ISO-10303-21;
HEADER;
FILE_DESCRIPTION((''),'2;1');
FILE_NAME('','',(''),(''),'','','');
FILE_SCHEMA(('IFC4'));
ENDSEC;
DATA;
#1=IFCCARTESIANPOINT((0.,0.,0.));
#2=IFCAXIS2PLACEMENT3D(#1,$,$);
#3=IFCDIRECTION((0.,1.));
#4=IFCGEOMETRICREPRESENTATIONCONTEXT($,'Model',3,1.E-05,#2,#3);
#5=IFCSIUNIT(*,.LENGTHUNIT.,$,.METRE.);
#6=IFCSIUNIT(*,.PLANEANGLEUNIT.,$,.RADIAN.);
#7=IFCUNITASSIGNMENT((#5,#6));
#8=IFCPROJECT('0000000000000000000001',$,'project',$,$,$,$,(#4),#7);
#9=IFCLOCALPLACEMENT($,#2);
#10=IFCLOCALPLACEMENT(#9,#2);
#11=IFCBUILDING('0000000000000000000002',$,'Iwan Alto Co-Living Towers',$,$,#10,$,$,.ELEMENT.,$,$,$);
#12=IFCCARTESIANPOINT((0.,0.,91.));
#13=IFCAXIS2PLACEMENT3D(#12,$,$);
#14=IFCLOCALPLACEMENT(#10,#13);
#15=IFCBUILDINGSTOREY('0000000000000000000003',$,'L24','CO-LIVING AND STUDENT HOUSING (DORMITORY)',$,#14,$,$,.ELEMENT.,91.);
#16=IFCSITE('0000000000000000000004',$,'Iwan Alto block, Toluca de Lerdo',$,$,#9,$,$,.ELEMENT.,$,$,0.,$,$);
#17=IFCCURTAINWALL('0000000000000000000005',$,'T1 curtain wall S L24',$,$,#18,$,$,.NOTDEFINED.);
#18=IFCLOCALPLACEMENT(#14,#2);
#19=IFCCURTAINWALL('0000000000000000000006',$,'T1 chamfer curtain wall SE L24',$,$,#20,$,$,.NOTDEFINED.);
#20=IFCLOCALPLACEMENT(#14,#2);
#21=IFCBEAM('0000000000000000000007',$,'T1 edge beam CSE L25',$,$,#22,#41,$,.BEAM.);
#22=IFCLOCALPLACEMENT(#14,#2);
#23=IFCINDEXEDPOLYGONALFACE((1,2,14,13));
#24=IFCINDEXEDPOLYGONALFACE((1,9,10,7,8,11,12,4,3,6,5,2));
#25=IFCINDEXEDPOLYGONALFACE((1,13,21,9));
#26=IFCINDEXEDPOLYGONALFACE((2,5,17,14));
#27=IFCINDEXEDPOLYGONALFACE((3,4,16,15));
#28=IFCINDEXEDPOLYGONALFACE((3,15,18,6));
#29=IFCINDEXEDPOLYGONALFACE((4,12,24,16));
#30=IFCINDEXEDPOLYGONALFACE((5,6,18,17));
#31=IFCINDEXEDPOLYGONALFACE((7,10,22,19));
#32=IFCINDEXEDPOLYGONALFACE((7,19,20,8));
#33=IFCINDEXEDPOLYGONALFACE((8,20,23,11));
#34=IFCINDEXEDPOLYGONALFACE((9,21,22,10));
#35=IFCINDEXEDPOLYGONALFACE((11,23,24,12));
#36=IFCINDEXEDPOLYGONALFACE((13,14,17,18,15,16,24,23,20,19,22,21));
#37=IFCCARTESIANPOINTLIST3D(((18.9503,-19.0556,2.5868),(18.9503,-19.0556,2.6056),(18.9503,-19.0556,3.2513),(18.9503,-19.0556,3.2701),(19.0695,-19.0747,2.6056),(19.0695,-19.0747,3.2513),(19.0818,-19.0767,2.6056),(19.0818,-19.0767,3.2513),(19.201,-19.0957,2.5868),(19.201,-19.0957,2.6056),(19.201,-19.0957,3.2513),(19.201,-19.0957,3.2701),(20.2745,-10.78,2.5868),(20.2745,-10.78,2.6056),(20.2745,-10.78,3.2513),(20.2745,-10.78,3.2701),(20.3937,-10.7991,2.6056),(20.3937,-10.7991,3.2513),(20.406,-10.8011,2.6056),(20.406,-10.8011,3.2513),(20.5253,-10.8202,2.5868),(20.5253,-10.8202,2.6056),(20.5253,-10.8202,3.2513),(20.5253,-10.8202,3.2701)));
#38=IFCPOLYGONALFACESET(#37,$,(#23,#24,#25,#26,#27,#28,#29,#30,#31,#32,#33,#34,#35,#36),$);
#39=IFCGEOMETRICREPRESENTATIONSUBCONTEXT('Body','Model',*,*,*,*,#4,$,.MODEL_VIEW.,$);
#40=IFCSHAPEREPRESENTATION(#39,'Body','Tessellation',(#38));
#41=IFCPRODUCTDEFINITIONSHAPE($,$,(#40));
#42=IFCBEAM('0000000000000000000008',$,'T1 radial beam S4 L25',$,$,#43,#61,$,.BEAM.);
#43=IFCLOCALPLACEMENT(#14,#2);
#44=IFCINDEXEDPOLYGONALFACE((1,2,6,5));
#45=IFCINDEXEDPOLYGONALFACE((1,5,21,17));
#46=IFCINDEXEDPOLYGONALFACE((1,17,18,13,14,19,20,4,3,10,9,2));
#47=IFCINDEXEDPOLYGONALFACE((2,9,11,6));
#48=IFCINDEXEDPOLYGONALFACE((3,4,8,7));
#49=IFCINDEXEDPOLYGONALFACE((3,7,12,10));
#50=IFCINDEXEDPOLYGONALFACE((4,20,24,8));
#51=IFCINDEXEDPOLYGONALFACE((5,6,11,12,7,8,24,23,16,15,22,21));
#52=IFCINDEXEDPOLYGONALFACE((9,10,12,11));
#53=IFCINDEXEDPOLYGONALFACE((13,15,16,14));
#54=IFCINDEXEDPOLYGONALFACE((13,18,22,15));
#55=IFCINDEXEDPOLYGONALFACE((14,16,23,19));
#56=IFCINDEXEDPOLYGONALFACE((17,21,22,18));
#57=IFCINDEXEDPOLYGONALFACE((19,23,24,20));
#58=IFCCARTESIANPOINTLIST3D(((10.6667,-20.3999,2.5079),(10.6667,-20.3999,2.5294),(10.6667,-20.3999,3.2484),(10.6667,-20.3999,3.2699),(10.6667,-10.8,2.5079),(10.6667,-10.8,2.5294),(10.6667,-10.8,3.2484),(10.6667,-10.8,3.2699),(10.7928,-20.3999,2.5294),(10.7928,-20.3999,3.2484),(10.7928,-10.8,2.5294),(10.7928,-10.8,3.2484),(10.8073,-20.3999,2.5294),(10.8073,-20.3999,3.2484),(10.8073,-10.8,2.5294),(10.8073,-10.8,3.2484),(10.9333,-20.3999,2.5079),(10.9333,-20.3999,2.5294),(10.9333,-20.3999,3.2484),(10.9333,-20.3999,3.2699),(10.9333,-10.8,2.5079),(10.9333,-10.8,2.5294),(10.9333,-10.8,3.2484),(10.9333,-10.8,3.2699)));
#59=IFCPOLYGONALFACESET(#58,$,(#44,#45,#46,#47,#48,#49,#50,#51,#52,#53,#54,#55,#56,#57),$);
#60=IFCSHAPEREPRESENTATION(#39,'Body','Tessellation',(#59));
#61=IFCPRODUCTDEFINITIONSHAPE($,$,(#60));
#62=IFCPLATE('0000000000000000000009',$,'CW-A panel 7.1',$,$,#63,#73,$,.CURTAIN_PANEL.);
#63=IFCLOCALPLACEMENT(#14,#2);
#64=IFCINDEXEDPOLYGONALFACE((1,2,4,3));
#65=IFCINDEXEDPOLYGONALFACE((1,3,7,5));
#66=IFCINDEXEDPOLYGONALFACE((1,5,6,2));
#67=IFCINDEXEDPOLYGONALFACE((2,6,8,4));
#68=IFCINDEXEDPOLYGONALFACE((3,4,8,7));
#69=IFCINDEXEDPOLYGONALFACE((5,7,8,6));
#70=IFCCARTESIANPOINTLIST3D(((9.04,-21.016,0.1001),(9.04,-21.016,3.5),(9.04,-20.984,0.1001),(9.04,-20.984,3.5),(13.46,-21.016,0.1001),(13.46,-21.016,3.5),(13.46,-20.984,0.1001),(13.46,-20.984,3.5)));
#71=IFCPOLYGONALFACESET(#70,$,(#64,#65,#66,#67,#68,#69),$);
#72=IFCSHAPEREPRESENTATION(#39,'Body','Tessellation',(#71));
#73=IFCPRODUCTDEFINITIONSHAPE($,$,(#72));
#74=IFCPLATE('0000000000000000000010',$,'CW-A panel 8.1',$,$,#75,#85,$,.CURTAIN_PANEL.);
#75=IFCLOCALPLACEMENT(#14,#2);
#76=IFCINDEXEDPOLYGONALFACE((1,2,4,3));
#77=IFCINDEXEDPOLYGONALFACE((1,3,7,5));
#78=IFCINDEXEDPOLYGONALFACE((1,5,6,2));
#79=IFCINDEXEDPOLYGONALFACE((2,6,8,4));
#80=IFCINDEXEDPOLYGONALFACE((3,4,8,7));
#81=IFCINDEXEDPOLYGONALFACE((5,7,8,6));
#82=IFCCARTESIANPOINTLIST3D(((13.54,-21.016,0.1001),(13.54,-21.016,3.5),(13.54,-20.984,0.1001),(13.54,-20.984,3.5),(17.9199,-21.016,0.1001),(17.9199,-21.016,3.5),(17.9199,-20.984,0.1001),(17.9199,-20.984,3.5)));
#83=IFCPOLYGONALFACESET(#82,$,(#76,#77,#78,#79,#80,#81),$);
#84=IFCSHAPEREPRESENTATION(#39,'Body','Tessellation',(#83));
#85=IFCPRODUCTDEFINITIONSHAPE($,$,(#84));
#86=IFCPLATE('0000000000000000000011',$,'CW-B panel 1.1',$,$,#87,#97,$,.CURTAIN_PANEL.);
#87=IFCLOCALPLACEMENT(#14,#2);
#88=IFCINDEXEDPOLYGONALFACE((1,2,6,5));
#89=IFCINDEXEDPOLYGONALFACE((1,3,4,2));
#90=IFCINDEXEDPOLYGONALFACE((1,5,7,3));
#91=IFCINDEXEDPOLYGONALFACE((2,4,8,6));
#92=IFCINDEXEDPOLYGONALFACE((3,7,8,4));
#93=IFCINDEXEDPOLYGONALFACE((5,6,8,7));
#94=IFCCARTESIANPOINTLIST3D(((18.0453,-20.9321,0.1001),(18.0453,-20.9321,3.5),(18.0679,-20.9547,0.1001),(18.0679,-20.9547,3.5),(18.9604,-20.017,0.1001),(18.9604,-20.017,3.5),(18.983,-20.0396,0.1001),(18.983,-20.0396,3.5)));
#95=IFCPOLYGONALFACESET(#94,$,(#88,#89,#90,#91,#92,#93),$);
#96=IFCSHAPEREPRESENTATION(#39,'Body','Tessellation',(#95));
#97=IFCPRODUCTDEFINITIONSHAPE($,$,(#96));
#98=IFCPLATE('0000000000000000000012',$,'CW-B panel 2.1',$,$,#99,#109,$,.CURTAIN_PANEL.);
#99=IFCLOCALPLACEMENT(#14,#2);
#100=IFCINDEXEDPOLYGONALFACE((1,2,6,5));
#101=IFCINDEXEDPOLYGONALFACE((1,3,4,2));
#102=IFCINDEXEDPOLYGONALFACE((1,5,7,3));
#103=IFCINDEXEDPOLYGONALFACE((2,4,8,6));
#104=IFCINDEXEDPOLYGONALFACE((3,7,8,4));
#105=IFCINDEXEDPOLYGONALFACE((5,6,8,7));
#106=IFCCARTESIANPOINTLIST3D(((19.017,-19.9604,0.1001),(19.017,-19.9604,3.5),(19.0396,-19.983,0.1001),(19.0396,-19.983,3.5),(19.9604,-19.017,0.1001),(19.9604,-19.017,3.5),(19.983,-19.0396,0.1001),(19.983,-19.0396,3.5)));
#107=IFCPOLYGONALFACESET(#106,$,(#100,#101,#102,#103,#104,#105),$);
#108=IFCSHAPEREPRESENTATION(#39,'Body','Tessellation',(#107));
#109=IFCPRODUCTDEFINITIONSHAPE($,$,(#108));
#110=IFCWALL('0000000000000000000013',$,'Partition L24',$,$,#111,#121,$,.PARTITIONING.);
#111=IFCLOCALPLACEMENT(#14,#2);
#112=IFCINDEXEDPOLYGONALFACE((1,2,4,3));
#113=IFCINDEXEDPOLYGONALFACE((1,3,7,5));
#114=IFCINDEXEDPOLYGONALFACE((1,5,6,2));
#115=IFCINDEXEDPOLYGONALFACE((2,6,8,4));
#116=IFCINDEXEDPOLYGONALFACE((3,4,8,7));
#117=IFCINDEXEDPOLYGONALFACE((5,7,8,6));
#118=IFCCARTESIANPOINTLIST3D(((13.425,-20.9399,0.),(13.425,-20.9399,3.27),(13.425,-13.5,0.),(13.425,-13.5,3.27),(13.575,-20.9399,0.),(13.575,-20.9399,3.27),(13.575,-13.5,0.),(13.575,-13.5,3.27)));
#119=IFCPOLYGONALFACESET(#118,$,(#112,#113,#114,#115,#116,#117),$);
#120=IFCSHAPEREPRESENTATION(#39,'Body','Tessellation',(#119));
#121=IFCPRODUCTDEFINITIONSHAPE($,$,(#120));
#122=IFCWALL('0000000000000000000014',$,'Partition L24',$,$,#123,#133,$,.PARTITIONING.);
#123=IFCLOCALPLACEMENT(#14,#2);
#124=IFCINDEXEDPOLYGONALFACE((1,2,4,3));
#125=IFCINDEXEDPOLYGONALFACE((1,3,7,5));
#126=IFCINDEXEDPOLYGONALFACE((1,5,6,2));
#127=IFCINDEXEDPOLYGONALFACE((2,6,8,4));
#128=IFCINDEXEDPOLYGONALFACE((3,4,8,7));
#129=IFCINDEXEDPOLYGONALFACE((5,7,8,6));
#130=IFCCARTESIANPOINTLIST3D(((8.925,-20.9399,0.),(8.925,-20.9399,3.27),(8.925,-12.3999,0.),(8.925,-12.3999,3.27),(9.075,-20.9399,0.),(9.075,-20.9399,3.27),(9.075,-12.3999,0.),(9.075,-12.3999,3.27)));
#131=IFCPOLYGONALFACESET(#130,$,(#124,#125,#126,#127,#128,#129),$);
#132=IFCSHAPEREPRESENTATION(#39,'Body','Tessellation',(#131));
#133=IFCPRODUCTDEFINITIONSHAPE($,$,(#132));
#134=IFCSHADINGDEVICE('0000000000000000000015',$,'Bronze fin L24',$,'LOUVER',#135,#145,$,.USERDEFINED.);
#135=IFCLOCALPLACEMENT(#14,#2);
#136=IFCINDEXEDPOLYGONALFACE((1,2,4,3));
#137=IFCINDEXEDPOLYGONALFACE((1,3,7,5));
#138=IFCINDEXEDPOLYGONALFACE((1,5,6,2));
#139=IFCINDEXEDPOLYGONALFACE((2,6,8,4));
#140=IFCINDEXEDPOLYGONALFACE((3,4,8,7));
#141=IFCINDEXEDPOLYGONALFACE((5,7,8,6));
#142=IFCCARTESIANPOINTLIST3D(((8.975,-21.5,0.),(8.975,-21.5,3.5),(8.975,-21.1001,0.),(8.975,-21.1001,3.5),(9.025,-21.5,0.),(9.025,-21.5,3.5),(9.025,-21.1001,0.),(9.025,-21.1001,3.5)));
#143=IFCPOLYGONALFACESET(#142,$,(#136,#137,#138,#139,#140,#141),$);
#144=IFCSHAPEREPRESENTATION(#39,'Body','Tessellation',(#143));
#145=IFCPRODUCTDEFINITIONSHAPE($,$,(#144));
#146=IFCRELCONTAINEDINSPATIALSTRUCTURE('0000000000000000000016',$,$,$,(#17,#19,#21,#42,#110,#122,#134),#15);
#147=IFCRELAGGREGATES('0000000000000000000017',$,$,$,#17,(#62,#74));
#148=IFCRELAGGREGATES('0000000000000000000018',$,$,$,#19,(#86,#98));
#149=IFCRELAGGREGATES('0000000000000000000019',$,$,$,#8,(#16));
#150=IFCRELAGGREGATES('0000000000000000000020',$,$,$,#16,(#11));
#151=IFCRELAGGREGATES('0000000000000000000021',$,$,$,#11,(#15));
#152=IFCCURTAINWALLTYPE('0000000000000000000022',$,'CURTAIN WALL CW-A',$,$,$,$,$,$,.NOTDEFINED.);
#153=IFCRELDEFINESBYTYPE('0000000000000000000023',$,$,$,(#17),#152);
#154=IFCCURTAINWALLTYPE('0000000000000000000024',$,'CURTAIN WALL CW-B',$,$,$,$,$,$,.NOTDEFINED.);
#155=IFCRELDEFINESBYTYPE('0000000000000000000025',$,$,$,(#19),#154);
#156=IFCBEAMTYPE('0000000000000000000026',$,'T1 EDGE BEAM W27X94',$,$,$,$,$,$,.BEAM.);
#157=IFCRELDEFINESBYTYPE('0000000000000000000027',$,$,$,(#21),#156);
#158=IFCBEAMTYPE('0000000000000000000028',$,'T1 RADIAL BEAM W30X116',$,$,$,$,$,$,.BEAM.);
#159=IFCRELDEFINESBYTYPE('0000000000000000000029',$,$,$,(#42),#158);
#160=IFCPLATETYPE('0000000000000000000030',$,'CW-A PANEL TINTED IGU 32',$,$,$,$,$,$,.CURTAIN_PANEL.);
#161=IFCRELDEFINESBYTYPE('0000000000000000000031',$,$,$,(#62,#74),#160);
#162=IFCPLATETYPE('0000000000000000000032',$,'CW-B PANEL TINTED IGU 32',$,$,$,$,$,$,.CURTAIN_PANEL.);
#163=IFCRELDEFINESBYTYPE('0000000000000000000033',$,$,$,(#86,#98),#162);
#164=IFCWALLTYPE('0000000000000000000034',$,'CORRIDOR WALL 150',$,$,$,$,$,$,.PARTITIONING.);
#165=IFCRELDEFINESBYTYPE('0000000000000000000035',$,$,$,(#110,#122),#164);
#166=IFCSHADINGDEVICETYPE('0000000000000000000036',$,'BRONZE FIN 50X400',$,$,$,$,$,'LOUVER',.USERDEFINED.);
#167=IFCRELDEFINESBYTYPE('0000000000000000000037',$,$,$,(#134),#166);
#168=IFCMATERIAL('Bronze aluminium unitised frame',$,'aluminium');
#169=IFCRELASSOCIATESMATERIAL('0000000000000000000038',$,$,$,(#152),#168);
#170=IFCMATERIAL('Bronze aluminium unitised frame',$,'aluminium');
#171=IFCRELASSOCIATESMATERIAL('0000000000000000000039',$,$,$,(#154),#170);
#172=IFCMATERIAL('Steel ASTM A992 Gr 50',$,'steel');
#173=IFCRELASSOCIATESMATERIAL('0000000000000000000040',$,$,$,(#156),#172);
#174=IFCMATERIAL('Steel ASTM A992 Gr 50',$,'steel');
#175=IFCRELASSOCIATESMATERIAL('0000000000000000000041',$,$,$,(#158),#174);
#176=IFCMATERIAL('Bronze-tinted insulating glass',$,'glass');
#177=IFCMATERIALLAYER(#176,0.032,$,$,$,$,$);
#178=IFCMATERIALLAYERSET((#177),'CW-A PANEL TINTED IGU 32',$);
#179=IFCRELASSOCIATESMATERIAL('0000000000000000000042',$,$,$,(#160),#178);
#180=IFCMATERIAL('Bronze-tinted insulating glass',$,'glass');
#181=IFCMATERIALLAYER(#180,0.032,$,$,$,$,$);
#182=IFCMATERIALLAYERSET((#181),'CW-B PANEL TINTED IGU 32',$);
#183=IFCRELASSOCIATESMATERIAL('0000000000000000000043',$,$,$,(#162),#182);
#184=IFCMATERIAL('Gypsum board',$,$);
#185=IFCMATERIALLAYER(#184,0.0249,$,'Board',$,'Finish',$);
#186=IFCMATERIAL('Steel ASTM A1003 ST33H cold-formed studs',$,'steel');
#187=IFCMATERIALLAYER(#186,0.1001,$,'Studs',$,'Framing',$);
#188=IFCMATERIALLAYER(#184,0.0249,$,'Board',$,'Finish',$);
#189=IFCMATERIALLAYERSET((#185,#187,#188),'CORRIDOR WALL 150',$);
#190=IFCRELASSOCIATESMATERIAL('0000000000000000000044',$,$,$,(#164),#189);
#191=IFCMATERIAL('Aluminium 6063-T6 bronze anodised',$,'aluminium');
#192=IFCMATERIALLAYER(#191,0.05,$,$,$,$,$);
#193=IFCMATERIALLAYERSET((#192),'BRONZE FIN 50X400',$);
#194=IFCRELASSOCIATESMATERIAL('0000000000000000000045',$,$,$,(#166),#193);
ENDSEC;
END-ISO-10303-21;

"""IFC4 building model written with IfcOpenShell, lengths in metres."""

from ifc_helpers import new_model, si_unit, direction, frame, frame_2d, origin, origin_2d, place, context, subcontext, project, spatial, rectangle, i_section, extrude, material, layer, layer_set, material_profile, profile_set, type_object, element, aggregate, save


model = new_model("IFC4")

# Units and contexts
model_context = context("Model", 3, precision=1e-05, world=origin(), true_north=direction((0.0, 1.0)))
body_context = subcontext(model_context, "Body", "Model", "MODEL_VIEW")
ifc_project = project(units=[si_unit("LENGTHUNIT", "METRE"), si_unit("PLANEANGLEUNIT", "RADIAN")], contexts=[model_context])

# Site, building, storey
site_placement = place(None, origin())
site = spatial("IfcSite", under=ifc_project, at=site_placement, Name="Iwan Alto block, Toluca de Lerdo", CompositionType="ELEMENT", RefElevation=0.0)
building_placement = place(site_placement, origin())
building = spatial("IfcBuilding", under=site, at=building_placement, Name="Iwan Alto Co-Living Towers", CompositionType="ELEMENT")
storey_placement = place(building_placement, frame((0.0, 0.0, 91.0)))
storey = spatial("IfcBuildingStorey", under=building, at=storey_placement, Name="L24", Description="CO-LIVING AND STUDENT HOUSING (DORMITORY)", CompositionType="ELEMENT", Elevation=91.0)

# Curtain walls
ifc_material_1 = material(Name="Bronze aluminium unitised frame", Category="aluminium")
curtain_wall_type_1 = type_object("IfcCurtainWallType", Name="CURTAIN WALL CW-A", PredefinedType="NOTDEFINED", material=ifc_material_1)
curtain_wall_1_placement = place(storey_placement, origin())
curtain_wall_1 = element("IfcCurtainWall", 1, at=curtain_wall_1_placement, inside=storey, type_object=curtain_wall_type_1, Name="T1 curtain wall S L24", PredefinedType="NOTDEFINED")
ifc_material_2 = material(Name="Bronze aluminium unitised frame", Category="aluminium")
curtain_wall_type_2 = type_object("IfcCurtainWallType", Name="CURTAIN WALL CW-B", PredefinedType="NOTDEFINED", material=ifc_material_2)
curtain_wall_2_placement = place(storey_placement, origin())
curtain_wall_2 = element("IfcCurtainWall", 2, at=curtain_wall_2_placement, inside=storey, type_object=curtain_wall_type_2, Name="T1 chamfer curtain wall SE L24", PredefinedType="NOTDEFINED")

# Beams
ifc_material_3 = material(Name="Steel ASTM A992 Gr 50", Category="steel")
ifc_material_profile_1 = material_profile(ifc_material_3, i_section(OverallWidth=0.2539, OverallDepth=0.6833, WebThickness=0.0125, FlangeThickness=0.0188, at=origin_2d()), Name="W27X94")
ifc_profile_set_1 = profile_set([ifc_material_profile_1], Name="Steel ASTM A992 Gr 50")
beam_type_1 = type_object("IfcBeamType", Name="T1 EDGE BEAM W27X94", PredefinedType="BEAM", material=ifc_profile_set_1)
for number, where, z_axis, x_axis, name in (
    (3, (19.0757, -19.0757, 2.9285), (0.158004, 0.987438, 0.0), (-0.987438, 0.158004, 0.0), "T1 edge beam CSE L25"),
):
    element("IfcBeam", number, at=place(storey_placement, frame(where, z_axis=z_axis, x_axis=x_axis)), inside=storey, type_object=beam_type_1, Name=name, PredefinedType="BEAM", context=body_context, shape_type="SweptSolid", body=[
        extrude(i_section(OverallWidth=0.2539, OverallDepth=0.6833, WebThickness=0.0125, FlangeThickness=0.0188, at=origin_2d()), origin(), (0.0, 0.0, 1.0), 8.3809),
    ])
ifc_material_4 = material(Name="Steel ASTM A992 Gr 50", Category="steel")
ifc_material_profile_2 = material_profile(ifc_material_4, i_section(OverallWidth=0.2666, OverallDepth=0.762, WebThickness=0.0144, FlangeThickness=0.0215, at=origin_2d()), Name="W30X116")
ifc_profile_set_2 = profile_set([ifc_material_profile_2], Name="Steel ASTM A992 Gr 50")
beam_type_2 = type_object("IfcBeamType", Name="T1 RADIAL BEAM W30X116", PredefinedType="BEAM", material=ifc_profile_set_2)
beam_placement = place(storey_placement, frame((10.8, -20.3999, 2.8889), z_axis=(0.0, 1.0, 0.0), x_axis=(-1.0, 0.0, 0.0)))
element("IfcBeam", 4, at=beam_placement, inside=storey, type_object=beam_type_2, Name="T1 radial beam S4 L25", PredefinedType="BEAM", context=body_context, shape_type="SweptSolid", body=[
    extrude(i_section(OverallWidth=0.2666, OverallDepth=0.762, WebThickness=0.0144, FlangeThickness=0.0215, at=origin_2d()), origin(), (0.0, 0.0, 1.0), 9.5999),
])

# Plates
ifc_material_5 = material(Name="Bronze-tinted insulating glass", Category="glass")
ifc_layer_1 = layer(ifc_material_5, 0.032)
ifc_layer_set_1 = layer_set([ifc_layer_1], Name="CW-A PANEL TINTED IGU 32")
plate_type_1 = type_object("IfcPlateType", Name="CW-A PANEL TINTED IGU 32", PredefinedType="CURTAIN_PANEL", material=ifc_layer_set_1)
plate_1_placement = place(storey_placement, frame((11.25, -21.0, 0.1001), z_axis=(0.0, 0.0, 1.0), x_axis=(1.0, 0.0, 0.0)))
plate_1 = element("IfcPlate", 5, at=plate_1_placement, type_object=plate_type_1, Name="CW-A panel 7.1", PredefinedType="CURTAIN_PANEL", context=body_context, shape_type="SweptSolid", body=[
    extrude(rectangle(XDim=4.4199, YDim=0.032, at=origin_2d()), origin(), (0.0, 0.0, 1.0), 3.3999),
])
plate_2_placement = place(storey_placement, frame((15.73, -21.0, 0.1001), z_axis=(0.0, 0.0, 1.0), x_axis=(1.0, 0.0, 0.0)))
plate_2 = element("IfcPlate", 6, at=plate_2_placement, type_object=plate_type_1, Name="CW-A panel 8.1", PredefinedType="CURTAIN_PANEL", context=body_context, shape_type="SweptSolid", body=[
    extrude(rectangle(XDim=4.3799, YDim=0.032, at=origin_2d()), origin(), (0.0, 0.0, 1.0), 3.3999),
])
aggregate(curtain_wall_1, [plate_1, plate_2])
ifc_material_6 = material(Name="Bronze-tinted insulating glass", Category="glass")
ifc_layer_2 = layer(ifc_material_6, 0.032)
ifc_layer_set_2 = layer_set([ifc_layer_2], Name="CW-B PANEL TINTED IGU 32")
plate_type_2 = type_object("IfcPlateType", Name="CW-B PANEL TINTED IGU 32", PredefinedType="CURTAIN_PANEL", material=ifc_layer_set_2)
plate_3_placement = place(storey_placement, frame((18.5142, -20.4858, 0.1001), z_axis=(0.0, 0.0, 1.0), x_axis=(0.707107, 0.707107, 0.0)))
plate_3 = element("IfcPlate", 7, at=plate_3_placement, type_object=plate_type_2, Name="CW-B panel 1.1", PredefinedType="CURTAIN_PANEL", context=body_context, shape_type="SweptSolid", body=[
    extrude(rectangle(XDim=1.2942, YDim=0.032, at=origin_2d()), origin(), (0.0, 0.0, 1.0), 3.3999),
])
plate_4_placement = place(storey_placement, frame((19.5, -19.5, 0.1001), z_axis=(0.0, 0.0, 1.0), x_axis=(0.707107, 0.707107, 0.0)))
plate_4 = element("IfcPlate", 8, at=plate_4_placement, type_object=plate_type_2, Name="CW-B panel 2.1", PredefinedType="CURTAIN_PANEL", context=body_context, shape_type="SweptSolid", body=[
    extrude(rectangle(XDim=1.3342, YDim=0.032, at=origin_2d()), origin(), (0.0, 0.0, 1.0), 3.3999),
])
aggregate(curtain_wall_2, [plate_3, plate_4])

# Walls
ifc_material_7 = material(Name="Gypsum board")
ifc_layer_3 = layer(ifc_material_7, 0.0249, Name="Board", Category="Finish")
ifc_material_8 = material(Name="Steel ASTM A1003 ST33H cold-formed studs", Category="steel")
ifc_layer_4 = layer(ifc_material_8, 0.1001, Name="Studs", Category="Framing")
ifc_layer_5 = layer(ifc_material_7, 0.0249, Name="Board", Category="Finish")
ifc_layer_set_3 = layer_set([ifc_layer_3, ifc_layer_4, ifc_layer_5], Name="CORRIDOR WALL 150")
wall_type = type_object("IfcWallType", Name="CORRIDOR WALL 150", PredefinedType="PARTITIONING", material=ifc_layer_set_3)
wall_1_placement = place(storey_placement, frame((13.5, -20.9399, 0.0), z_axis=(0.0, 0.0, 1.0), x_axis=(0.0, 1.0, 0.0)))
element("IfcWall", 9, at=wall_1_placement, inside=storey, type_object=wall_type, Name="Partition L24", PredefinedType="PARTITIONING", context=body_context, shape_type="SweptSolid", body=[
    extrude(rectangle(XDim=7.4399, YDim=0.1499, at=frame_2d((3.72, 0.0))), origin(), (0.0, 0.0, 1.0), 3.27),
])
wall_2_placement = place(storey_placement, frame((9.0, -20.9399, 0.0), z_axis=(0.0, 0.0, 1.0), x_axis=(0.0, 1.0, 0.0)))
element("IfcWall", 10, at=wall_2_placement, inside=storey, type_object=wall_type, Name="Partition L24", PredefinedType="PARTITIONING", context=body_context, shape_type="SweptSolid", body=[
    extrude(rectangle(XDim=8.54, YDim=0.1499, at=frame_2d((4.27, 0.0))), origin(), (0.0, 0.0, 1.0), 3.27),
])

# Shading device
ifc_material_9 = material(Name="Aluminium 6063-T6 bronze anodised", Category="aluminium")
ifc_layer_6 = layer(ifc_material_9, 0.05)
ifc_layer_set_4 = layer_set([ifc_layer_6], Name="BRONZE FIN 50X400")
shading_device_type = type_object("IfcShadingDeviceType", Name="BRONZE FIN 50X400", ElementType="LOUVER", PredefinedType="USERDEFINED", material=ifc_layer_set_4)
shading_device_placement = place(storey_placement, frame((9.0, -21.3, 0.0), z_axis=(0.0, 0.0, 1.0), x_axis=(1.0, 0.0, 0.0)))
element("IfcShadingDevice", 11, at=shading_device_placement, inside=storey, type_object=shading_device_type, Name="Bronze fin L24", ObjectType="LOUVER", PredefinedType="USERDEFINED", context=body_context, shape_type="SweptSolid", body=[
    extrude(rectangle(XDim=0.05, YDim=0.3999, at=origin_2d()), origin(), (0.0, 0.0, 1.0), 3.5),
])

save(model, "model.ifc")
